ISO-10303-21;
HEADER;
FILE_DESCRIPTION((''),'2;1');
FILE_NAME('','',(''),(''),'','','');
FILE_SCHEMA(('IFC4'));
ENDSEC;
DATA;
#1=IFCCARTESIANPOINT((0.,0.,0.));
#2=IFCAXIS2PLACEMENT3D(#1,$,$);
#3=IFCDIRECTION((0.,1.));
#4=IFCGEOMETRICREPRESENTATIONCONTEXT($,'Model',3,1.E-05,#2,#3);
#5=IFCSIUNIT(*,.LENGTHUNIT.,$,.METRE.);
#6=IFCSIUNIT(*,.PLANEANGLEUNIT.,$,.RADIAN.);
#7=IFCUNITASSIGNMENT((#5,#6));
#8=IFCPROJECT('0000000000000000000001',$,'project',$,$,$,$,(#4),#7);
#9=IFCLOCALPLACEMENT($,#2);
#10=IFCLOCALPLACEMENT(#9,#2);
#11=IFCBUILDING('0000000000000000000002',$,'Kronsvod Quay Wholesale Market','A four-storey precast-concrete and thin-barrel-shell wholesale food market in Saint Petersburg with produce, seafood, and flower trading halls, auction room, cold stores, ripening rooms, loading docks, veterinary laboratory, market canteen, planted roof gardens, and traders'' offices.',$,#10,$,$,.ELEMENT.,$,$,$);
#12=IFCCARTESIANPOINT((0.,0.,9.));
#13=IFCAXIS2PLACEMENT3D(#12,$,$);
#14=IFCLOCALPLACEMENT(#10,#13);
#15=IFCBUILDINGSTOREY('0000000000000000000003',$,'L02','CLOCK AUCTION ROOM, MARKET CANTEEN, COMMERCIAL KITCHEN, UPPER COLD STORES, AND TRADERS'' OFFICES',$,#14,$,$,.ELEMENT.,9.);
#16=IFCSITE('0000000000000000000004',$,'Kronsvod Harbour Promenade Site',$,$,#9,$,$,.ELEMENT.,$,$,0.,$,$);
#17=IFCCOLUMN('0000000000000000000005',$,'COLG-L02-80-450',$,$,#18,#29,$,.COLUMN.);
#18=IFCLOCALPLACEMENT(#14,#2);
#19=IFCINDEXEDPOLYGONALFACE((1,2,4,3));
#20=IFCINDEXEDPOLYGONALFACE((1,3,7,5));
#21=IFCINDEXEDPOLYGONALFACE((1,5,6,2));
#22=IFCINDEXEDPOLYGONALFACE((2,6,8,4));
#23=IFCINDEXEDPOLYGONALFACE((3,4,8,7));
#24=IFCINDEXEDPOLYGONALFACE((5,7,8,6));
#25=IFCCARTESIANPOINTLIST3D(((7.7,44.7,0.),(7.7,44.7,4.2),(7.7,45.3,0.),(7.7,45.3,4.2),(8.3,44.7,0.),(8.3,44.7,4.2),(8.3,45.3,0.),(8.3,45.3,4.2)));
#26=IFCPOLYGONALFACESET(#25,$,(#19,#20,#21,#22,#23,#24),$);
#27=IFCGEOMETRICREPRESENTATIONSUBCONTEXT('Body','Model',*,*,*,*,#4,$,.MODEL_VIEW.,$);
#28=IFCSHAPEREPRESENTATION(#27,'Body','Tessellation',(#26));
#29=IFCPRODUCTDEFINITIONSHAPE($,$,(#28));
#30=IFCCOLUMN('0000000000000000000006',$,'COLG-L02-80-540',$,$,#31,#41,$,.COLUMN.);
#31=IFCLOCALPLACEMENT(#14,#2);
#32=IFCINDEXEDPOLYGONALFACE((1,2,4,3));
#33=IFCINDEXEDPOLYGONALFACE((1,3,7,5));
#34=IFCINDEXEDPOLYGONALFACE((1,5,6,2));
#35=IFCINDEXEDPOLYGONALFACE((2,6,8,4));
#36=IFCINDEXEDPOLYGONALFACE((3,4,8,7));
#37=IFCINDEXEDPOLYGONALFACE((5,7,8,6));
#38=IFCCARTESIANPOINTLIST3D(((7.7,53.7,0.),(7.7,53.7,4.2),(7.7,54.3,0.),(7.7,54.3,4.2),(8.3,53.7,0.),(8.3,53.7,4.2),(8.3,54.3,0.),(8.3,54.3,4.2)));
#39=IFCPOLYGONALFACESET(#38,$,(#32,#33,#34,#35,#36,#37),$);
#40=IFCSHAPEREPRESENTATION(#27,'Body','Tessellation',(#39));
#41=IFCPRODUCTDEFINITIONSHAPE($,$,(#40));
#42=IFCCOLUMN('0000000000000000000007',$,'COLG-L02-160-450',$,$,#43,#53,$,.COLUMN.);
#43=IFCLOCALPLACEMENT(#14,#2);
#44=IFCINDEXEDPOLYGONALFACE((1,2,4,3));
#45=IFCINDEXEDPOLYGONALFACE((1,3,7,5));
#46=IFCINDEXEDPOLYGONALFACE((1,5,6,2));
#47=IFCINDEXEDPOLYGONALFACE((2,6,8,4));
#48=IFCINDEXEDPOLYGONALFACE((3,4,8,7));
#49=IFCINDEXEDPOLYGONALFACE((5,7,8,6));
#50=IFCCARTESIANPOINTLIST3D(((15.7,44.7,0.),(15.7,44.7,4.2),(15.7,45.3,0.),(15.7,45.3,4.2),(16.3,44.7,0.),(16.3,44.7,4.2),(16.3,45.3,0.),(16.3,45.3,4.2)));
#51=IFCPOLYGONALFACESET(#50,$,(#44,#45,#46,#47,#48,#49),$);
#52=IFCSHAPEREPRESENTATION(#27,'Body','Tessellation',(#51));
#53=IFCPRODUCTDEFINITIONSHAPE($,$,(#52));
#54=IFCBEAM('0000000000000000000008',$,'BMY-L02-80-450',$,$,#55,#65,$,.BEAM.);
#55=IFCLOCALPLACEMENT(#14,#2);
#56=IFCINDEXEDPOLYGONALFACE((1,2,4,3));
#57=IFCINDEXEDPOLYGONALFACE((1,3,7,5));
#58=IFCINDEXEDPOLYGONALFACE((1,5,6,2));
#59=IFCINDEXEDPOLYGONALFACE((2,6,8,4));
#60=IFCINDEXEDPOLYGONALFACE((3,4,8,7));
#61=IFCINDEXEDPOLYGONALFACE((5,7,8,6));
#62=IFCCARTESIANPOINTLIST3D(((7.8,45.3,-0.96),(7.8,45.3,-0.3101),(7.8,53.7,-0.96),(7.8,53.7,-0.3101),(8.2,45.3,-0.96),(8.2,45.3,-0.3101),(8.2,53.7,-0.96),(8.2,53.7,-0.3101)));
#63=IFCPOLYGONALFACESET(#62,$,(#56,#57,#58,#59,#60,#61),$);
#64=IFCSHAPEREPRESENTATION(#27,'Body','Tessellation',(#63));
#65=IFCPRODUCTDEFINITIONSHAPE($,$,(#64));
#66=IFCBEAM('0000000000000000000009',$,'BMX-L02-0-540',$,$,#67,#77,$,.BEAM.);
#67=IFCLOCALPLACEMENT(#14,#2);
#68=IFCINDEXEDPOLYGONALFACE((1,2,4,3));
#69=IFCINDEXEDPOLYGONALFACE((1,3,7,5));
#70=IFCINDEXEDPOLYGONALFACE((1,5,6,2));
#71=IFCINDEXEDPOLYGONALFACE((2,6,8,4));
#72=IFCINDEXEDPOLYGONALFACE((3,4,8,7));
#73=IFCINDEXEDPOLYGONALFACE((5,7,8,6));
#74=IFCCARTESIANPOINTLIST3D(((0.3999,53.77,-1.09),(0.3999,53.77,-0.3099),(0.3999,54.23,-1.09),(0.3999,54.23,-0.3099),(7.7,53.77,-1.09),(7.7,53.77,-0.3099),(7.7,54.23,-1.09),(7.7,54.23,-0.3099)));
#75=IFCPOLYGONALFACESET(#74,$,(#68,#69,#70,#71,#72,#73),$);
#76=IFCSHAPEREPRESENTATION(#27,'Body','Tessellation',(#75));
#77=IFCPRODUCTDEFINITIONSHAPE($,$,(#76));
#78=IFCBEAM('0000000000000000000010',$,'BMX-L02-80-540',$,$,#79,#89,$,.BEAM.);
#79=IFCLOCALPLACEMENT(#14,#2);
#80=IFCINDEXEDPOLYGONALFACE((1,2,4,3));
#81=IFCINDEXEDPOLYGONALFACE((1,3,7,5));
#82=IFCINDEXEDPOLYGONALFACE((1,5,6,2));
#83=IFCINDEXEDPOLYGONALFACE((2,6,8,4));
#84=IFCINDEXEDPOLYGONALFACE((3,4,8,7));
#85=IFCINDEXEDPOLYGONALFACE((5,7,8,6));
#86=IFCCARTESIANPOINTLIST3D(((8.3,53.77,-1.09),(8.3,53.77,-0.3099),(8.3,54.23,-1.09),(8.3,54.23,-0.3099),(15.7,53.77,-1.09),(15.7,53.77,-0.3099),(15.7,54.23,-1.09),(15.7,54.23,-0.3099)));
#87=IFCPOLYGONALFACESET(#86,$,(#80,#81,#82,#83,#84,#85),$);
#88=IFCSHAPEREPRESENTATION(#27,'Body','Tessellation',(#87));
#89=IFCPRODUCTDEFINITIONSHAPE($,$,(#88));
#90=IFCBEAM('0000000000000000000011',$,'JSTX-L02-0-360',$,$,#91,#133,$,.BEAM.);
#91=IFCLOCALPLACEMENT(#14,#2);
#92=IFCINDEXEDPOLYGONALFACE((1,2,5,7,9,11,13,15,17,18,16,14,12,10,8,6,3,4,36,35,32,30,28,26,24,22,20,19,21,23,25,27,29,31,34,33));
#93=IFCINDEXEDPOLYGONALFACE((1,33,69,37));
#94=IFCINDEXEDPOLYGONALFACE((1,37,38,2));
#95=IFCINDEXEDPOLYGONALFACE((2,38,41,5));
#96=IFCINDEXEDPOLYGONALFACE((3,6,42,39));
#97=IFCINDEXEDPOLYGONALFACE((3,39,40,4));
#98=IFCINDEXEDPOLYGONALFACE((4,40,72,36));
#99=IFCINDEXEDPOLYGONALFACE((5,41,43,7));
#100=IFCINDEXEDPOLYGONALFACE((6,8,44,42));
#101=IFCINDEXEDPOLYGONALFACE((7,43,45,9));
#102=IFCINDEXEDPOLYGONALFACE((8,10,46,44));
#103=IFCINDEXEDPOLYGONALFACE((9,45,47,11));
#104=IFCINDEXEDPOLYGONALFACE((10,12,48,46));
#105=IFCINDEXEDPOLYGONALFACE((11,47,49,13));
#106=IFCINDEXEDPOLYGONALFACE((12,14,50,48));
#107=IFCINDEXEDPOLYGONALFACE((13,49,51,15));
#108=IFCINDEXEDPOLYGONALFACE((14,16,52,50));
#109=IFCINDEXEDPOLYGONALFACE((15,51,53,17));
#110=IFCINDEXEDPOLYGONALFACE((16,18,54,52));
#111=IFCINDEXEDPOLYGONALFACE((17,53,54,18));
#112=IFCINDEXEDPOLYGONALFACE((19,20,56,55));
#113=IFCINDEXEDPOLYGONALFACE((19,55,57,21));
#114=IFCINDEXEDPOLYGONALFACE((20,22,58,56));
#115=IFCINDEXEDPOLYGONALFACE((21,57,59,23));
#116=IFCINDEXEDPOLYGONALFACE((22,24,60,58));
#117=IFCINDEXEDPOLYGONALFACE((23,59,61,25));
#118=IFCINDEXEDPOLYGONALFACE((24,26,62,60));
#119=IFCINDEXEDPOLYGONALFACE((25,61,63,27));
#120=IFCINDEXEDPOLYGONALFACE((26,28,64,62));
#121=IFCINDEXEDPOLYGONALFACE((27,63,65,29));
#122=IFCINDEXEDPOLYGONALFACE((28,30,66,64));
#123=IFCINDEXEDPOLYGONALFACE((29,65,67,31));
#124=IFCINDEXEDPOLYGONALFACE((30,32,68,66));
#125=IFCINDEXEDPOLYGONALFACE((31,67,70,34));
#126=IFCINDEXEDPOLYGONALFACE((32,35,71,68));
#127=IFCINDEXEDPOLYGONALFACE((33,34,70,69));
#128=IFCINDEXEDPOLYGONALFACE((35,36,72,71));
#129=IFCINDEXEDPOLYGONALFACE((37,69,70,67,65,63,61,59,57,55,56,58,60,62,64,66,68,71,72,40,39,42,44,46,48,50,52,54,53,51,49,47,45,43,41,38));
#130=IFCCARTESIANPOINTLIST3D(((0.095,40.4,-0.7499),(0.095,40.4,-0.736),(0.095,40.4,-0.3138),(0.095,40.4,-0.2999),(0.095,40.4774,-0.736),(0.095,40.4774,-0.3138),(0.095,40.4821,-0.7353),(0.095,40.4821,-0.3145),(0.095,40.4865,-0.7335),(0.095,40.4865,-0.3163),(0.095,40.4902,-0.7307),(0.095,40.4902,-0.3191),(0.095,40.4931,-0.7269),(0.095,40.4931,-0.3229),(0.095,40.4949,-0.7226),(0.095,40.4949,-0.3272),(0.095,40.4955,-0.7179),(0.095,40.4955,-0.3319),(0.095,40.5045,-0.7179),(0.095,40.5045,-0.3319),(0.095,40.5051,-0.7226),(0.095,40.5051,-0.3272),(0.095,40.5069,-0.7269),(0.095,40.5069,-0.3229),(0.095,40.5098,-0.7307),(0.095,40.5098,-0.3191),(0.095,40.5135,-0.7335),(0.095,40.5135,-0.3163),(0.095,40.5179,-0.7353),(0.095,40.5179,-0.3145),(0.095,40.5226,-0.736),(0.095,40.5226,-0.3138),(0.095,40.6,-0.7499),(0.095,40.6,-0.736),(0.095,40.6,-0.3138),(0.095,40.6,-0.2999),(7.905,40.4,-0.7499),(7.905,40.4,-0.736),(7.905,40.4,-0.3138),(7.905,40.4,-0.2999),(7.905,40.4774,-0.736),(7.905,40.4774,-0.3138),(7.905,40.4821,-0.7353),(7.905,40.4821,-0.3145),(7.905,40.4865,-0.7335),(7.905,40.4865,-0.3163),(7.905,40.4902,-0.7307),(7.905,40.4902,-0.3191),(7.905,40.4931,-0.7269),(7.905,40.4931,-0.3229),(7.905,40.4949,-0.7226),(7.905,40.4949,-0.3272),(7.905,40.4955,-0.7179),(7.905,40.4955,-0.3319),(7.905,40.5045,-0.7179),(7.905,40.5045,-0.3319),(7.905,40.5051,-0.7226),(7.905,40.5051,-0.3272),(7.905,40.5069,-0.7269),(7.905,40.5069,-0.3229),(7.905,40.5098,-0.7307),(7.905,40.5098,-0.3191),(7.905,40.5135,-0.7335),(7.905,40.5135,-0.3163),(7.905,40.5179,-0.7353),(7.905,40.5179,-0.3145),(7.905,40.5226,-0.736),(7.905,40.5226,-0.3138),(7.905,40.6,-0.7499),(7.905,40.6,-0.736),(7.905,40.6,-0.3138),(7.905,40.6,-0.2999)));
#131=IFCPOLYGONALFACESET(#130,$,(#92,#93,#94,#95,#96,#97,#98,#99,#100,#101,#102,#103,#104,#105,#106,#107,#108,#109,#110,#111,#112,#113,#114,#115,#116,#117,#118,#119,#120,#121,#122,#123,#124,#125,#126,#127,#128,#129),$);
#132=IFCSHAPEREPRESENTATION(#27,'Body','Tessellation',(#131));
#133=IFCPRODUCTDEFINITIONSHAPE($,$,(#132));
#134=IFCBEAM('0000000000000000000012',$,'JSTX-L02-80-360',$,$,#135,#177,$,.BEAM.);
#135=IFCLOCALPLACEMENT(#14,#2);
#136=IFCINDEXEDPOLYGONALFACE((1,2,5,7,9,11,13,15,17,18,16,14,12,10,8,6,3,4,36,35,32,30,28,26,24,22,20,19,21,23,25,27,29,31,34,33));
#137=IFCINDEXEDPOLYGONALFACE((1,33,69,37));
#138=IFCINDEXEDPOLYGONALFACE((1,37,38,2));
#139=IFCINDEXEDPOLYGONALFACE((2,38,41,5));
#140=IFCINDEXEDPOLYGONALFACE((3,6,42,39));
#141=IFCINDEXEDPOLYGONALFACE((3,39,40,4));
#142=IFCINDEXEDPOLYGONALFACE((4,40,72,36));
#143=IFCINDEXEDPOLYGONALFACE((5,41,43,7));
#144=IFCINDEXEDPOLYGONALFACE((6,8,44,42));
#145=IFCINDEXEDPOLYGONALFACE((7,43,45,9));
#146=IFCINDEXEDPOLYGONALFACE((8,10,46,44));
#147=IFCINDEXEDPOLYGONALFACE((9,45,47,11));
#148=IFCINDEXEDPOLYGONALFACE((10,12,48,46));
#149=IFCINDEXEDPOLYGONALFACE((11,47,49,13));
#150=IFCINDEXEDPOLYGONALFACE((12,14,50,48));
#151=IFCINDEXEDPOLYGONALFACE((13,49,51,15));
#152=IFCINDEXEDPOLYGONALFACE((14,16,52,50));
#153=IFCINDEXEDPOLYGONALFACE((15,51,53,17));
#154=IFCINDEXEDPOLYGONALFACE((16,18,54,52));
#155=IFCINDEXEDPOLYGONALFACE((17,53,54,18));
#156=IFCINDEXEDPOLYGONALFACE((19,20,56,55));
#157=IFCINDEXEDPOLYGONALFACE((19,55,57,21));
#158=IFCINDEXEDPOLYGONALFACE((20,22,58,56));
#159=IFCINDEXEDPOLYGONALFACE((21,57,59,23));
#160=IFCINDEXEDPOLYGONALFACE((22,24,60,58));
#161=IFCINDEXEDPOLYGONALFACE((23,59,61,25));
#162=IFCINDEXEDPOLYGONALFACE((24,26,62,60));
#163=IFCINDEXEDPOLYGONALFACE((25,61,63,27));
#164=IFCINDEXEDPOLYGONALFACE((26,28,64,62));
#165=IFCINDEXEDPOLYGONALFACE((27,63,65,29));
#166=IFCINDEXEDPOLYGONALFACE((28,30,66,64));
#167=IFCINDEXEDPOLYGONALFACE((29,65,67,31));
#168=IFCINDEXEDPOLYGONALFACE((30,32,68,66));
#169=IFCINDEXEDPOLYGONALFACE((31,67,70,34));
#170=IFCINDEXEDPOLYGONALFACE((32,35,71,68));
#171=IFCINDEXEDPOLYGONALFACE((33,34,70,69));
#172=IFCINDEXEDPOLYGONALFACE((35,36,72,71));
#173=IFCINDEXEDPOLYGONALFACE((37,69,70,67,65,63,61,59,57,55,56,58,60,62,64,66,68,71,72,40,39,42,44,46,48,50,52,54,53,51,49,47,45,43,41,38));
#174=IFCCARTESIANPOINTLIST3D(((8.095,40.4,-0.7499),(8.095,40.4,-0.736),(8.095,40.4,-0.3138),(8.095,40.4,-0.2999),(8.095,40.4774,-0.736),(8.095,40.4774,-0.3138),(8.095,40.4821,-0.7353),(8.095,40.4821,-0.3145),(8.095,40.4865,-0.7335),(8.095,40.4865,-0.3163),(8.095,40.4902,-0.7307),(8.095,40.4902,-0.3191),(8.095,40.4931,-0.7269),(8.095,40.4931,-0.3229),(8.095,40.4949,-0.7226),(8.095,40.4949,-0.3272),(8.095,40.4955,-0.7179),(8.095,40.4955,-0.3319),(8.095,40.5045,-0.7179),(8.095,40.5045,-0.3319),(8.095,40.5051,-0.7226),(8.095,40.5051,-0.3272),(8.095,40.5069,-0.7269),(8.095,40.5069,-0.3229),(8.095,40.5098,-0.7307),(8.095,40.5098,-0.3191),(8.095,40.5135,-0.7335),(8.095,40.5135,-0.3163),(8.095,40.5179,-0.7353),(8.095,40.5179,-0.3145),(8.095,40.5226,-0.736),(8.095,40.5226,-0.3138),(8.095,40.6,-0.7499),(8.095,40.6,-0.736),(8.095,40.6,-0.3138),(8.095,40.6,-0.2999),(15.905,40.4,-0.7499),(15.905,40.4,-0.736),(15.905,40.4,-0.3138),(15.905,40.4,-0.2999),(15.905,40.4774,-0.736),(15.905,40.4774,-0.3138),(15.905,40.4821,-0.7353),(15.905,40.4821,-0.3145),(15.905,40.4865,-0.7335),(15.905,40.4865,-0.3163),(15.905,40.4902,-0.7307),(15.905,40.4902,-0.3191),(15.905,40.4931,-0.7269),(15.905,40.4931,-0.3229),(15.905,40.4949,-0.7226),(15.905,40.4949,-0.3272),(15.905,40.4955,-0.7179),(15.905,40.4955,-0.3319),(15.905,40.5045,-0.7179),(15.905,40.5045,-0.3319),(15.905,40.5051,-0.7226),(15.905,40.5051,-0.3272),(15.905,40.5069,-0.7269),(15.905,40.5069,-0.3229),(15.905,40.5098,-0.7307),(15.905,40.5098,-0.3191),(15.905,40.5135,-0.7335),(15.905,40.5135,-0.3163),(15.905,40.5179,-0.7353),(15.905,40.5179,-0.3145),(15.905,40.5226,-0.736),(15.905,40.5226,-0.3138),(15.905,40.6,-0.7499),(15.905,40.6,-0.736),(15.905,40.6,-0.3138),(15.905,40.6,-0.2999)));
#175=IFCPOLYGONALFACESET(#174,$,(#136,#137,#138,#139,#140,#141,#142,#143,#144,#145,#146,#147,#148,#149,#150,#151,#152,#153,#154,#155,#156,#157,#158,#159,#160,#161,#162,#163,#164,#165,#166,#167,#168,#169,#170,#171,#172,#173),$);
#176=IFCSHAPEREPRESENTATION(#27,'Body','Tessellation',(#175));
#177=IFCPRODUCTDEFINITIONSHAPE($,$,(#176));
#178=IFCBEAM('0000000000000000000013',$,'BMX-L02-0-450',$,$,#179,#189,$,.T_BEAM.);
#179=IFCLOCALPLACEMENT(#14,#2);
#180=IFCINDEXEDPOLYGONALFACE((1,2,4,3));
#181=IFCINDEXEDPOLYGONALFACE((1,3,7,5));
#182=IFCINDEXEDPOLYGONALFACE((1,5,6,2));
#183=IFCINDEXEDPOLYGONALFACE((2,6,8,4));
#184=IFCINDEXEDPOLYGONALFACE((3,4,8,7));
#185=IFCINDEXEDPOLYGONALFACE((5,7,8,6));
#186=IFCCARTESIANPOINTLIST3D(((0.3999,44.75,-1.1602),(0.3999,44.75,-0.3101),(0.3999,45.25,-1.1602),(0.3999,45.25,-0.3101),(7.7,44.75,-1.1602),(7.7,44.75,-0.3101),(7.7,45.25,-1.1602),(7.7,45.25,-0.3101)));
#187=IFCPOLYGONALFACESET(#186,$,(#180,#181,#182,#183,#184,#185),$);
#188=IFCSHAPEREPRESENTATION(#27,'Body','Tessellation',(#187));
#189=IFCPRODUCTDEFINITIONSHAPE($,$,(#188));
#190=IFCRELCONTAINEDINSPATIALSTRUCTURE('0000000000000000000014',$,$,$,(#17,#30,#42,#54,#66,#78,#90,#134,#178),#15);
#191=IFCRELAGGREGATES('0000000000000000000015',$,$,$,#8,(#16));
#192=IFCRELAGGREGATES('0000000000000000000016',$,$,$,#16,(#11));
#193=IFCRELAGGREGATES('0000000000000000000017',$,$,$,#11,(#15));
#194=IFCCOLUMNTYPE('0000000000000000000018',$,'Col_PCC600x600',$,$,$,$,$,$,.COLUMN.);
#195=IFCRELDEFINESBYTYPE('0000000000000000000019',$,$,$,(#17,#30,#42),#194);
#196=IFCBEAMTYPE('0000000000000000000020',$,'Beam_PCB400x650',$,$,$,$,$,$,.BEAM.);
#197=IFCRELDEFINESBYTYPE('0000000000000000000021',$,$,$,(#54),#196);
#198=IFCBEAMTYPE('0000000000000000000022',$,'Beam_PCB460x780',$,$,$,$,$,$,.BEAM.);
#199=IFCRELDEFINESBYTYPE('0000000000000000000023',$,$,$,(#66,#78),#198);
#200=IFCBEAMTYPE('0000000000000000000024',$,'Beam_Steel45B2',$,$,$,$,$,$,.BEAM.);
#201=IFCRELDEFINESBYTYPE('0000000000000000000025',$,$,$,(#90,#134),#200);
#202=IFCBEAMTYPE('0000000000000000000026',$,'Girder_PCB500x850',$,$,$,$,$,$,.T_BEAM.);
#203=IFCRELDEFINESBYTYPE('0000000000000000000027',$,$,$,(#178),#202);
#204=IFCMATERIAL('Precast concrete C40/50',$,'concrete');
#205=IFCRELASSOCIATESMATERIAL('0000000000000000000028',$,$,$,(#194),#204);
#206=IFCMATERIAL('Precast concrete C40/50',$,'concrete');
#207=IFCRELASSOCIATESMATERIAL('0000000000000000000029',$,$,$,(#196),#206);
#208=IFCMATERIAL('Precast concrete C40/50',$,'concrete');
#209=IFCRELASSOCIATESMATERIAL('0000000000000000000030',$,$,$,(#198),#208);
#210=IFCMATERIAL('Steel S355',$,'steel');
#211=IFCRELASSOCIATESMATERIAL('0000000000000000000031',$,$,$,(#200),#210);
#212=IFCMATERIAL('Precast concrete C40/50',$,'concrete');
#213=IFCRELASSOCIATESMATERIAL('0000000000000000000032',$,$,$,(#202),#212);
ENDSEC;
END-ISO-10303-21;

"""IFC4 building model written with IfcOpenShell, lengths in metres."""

from ifc_helpers import new_model, si_unit, direction, frame, origin, origin_2d, place, context, subcontext, project, spatial, rectangle, i_section, extrude, material, material_profile, profile_set, type_object, element, save


model = new_model("IFC4")

# Units and contexts
model_context = context("Model", 3, precision=1e-05, world=origin(), true_north=direction((0.0, 1.0)))
body_context = subcontext(model_context, "Body", "Model", "MODEL_VIEW")
ifc_project = project(units=[si_unit("LENGTHUNIT", "METRE"), si_unit("PLANEANGLEUNIT", "RADIAN")], contexts=[model_context])

# Site, building, storey
site_placement = place(None, origin())
site = spatial("IfcSite", under=ifc_project, at=site_placement, Name="Kronsvod Harbour Promenade Site", CompositionType="ELEMENT", RefElevation=0.0)
building_placement = place(site_placement, origin())
building = spatial("IfcBuilding", under=site, at=building_placement, Name="Kronsvod Quay Wholesale Market", Description="A four-storey precast-concrete and thin-barrel-shell wholesale food market in Saint Petersburg with produce, seafood, and flower trading halls, auction room, cold stores, ripening rooms, loading docks, veterinary laboratory, market canteen, planted roof gardens, and traders' offices.", CompositionType="ELEMENT")
storey_placement = place(building_placement, frame((0.0, 0.0, 9.0)))
storey = spatial("IfcBuildingStorey", under=building, at=storey_placement, Name="L02", Description="CLOCK AUCTION ROOM, MARKET CANTEEN, COMMERCIAL KITCHEN, UPPER COLD STORES, AND TRADERS' OFFICES", CompositionType="ELEMENT", Elevation=9.0)

# Columns
ifc_material_1 = material(Name="Precast concrete C40/50", Category="concrete")
ifc_material_profile_1 = material_profile(ifc_material_1, rectangle(XDim=0.6001, YDim=0.6001, at=origin_2d()), Name="PCC600x600")
ifc_profile_set_1 = profile_set([ifc_material_profile_1], Name="Precast concrete C40/50")
column_type = type_object("IfcColumnType", Name="Col_PCC600x600", PredefinedType="COLUMN", material=ifc_profile_set_1)
for number, where, z_axis, x_axis, name in (
    (1, (8.0, 45.0, 0.0), (0.0, 0.0, 1.0), (1.0, 0.0, 0.0), "COLG-L02-80-450"),
    (2, (8.0, 54.0, 0.0), (0.0, 0.0, 1.0), (1.0, 0.0, 0.0), "COLG-L02-80-540"),
    (3, (16.0, 45.0, 0.0), (0.0, 0.0, 1.0), (1.0, 0.0, 0.0), "COLG-L02-160-450"),
):
    element("IfcColumn", number, at=place(storey_placement, frame(where, z_axis=z_axis, x_axis=x_axis)), inside=storey, type_object=column_type, Name=name, PredefinedType="COLUMN", context=body_context, shape_type="SweptSolid", body=[
        extrude(rectangle(XDim=0.6001, YDim=0.6001, at=origin_2d()), origin(), (0.0, 0.0, 1.0), 4.2),
    ])

# Beams
ifc_material_2 = material(Name="Precast concrete C40/50", Category="concrete")
ifc_material_profile_2 = material_profile(ifc_material_2, rectangle(XDim=0.3999, YDim=0.6499, at=origin_2d()), Name="PCB400x650")
ifc_profile_set_2 = profile_set([ifc_material_profile_2], Name="Precast concrete C40/50")
beam_type_1 = type_object("IfcBeamType", Name="Beam_PCB400x650", PredefinedType="BEAM", material=ifc_profile_set_2)
beam_1_placement = place(storey_placement, frame((8.0, 45.3, -0.635), z_axis=(0.0, 1.0, 0.0), x_axis=(-1.0, 0.0, 0.0)))
element("IfcBeam", 4, at=beam_1_placement, inside=storey, type_object=beam_type_1, Name="BMY-L02-80-450", PredefinedType="BEAM", context=body_context, shape_type="SweptSolid", body=[
    extrude(rectangle(XDim=0.3999, YDim=0.6499, at=origin_2d()), origin(), (0.0, 0.0, 1.0), 8.3999),
])
ifc_material_3 = material(Name="Precast concrete C40/50", Category="concrete")
ifc_material_profile_3 = material_profile(ifc_material_3, rectangle(XDim=0.46, YDim=0.78, at=origin_2d()), Name="PB-03")
ifc_profile_set_3 = profile_set([ifc_material_profile_3], Name="Precast concrete C40/50")
beam_type_2 = type_object("IfcBeamType", Name="Beam_PCB460x780", PredefinedType="BEAM", material=ifc_profile_set_3)
beam_2_placement = place(storey_placement, frame((0.3999, 54.0, -0.7), z_axis=(1.0, 0.0, 0.0), x_axis=(0.0, 1.0, 0.0)))
element("IfcBeam", 5, at=beam_2_placement, inside=storey, type_object=beam_type_2, Name="BMX-L02-0-540", PredefinedType="BEAM", context=body_context, shape_type="SweptSolid", body=[
    extrude(rectangle(XDim=0.46, YDim=0.78, at=origin_2d()), origin(), (0.0, 0.0, 1.0), 7.3),
])
beam_3_placement = place(storey_placement, frame((8.3, 54.0, -0.7), z_axis=(1.0, 0.0, 0.0), x_axis=(0.0, 1.0, 0.0)))
element("IfcBeam", 6, at=beam_3_placement, inside=storey, type_object=beam_type_2, Name="BMX-L02-80-540", PredefinedType="BEAM", context=body_context, shape_type="SweptSolid", body=[
    extrude(rectangle(XDim=0.46, YDim=0.78, at=origin_2d()), origin(), (0.0, 0.0, 1.0), 7.3999),
])
ifc_material_4 = material(Name="Steel S355", Category="steel")
ifc_material_profile_4 = material_profile(ifc_material_4, i_section(OverallWidth=0.2, OverallDepth=0.45, WebThickness=0.009, FlangeThickness=0.0139, FilletRadius=0.0181, at=origin_2d()), Name="45B2")
ifc_profile_set_4 = profile_set([ifc_material_profile_4], Name="Steel S355")
beam_type_3 = type_object("IfcBeamType", Name="Beam_Steel45B2", PredefinedType="BEAM", material=ifc_profile_set_4)
for number, where, z_axis, x_axis, name in (
    (7, (0.095, 40.5, -0.5249), (1.0, 0.0, 0.0), (0.0, 1.0, 0.0), "JSTX-L02-0-360"),
    (8, (8.095, 40.5, -0.5249), (1.0, 0.0, 0.0), (0.0, 1.0, 0.0), "JSTX-L02-80-360"),
):
    element("IfcBeam", number, at=place(storey_placement, frame(where, z_axis=z_axis, x_axis=x_axis)), inside=storey, type_object=beam_type_3, Name=name, PredefinedType="BEAM", context=body_context, shape_type="SweptSolid", body=[
        extrude(i_section(OverallWidth=0.2, OverallDepth=0.45, WebThickness=0.009, FlangeThickness=0.0139, FilletRadius=0.0181, at=origin_2d()), origin(), (0.0, 0.0, 1.0), 7.8101),
    ])
ifc_material_5 = material(Name="Precast concrete C40/50", Category="concrete")
ifc_material_profile_5 = material_profile(ifc_material_5, rectangle(XDim=0.5, YDim=0.8501, at=origin_2d()), Name="PCB500x850")
ifc_profile_set_5 = profile_set([ifc_material_profile_5], Name="Precast concrete C40/50")
beam_type_4 = type_object("IfcBeamType", Name="Girder_PCB500x850", PredefinedType="T_BEAM", material=ifc_profile_set_5)
beam_4_placement = place(storey_placement, frame((0.3999, 45.0, -0.7351), z_axis=(1.0, 0.0, 0.0), x_axis=(0.0, 1.0, 0.0)))
element("IfcBeam", 9, at=beam_4_placement, inside=storey, type_object=beam_type_4, Name="BMX-L02-0-450", PredefinedType="T_BEAM", context=body_context, shape_type="SweptSolid", body=[
    extrude(rectangle(XDim=0.5, YDim=0.8501, at=origin_2d()), origin(), (0.0, 0.0, 1.0), 7.3),
])

save(model, "model.ifc")
